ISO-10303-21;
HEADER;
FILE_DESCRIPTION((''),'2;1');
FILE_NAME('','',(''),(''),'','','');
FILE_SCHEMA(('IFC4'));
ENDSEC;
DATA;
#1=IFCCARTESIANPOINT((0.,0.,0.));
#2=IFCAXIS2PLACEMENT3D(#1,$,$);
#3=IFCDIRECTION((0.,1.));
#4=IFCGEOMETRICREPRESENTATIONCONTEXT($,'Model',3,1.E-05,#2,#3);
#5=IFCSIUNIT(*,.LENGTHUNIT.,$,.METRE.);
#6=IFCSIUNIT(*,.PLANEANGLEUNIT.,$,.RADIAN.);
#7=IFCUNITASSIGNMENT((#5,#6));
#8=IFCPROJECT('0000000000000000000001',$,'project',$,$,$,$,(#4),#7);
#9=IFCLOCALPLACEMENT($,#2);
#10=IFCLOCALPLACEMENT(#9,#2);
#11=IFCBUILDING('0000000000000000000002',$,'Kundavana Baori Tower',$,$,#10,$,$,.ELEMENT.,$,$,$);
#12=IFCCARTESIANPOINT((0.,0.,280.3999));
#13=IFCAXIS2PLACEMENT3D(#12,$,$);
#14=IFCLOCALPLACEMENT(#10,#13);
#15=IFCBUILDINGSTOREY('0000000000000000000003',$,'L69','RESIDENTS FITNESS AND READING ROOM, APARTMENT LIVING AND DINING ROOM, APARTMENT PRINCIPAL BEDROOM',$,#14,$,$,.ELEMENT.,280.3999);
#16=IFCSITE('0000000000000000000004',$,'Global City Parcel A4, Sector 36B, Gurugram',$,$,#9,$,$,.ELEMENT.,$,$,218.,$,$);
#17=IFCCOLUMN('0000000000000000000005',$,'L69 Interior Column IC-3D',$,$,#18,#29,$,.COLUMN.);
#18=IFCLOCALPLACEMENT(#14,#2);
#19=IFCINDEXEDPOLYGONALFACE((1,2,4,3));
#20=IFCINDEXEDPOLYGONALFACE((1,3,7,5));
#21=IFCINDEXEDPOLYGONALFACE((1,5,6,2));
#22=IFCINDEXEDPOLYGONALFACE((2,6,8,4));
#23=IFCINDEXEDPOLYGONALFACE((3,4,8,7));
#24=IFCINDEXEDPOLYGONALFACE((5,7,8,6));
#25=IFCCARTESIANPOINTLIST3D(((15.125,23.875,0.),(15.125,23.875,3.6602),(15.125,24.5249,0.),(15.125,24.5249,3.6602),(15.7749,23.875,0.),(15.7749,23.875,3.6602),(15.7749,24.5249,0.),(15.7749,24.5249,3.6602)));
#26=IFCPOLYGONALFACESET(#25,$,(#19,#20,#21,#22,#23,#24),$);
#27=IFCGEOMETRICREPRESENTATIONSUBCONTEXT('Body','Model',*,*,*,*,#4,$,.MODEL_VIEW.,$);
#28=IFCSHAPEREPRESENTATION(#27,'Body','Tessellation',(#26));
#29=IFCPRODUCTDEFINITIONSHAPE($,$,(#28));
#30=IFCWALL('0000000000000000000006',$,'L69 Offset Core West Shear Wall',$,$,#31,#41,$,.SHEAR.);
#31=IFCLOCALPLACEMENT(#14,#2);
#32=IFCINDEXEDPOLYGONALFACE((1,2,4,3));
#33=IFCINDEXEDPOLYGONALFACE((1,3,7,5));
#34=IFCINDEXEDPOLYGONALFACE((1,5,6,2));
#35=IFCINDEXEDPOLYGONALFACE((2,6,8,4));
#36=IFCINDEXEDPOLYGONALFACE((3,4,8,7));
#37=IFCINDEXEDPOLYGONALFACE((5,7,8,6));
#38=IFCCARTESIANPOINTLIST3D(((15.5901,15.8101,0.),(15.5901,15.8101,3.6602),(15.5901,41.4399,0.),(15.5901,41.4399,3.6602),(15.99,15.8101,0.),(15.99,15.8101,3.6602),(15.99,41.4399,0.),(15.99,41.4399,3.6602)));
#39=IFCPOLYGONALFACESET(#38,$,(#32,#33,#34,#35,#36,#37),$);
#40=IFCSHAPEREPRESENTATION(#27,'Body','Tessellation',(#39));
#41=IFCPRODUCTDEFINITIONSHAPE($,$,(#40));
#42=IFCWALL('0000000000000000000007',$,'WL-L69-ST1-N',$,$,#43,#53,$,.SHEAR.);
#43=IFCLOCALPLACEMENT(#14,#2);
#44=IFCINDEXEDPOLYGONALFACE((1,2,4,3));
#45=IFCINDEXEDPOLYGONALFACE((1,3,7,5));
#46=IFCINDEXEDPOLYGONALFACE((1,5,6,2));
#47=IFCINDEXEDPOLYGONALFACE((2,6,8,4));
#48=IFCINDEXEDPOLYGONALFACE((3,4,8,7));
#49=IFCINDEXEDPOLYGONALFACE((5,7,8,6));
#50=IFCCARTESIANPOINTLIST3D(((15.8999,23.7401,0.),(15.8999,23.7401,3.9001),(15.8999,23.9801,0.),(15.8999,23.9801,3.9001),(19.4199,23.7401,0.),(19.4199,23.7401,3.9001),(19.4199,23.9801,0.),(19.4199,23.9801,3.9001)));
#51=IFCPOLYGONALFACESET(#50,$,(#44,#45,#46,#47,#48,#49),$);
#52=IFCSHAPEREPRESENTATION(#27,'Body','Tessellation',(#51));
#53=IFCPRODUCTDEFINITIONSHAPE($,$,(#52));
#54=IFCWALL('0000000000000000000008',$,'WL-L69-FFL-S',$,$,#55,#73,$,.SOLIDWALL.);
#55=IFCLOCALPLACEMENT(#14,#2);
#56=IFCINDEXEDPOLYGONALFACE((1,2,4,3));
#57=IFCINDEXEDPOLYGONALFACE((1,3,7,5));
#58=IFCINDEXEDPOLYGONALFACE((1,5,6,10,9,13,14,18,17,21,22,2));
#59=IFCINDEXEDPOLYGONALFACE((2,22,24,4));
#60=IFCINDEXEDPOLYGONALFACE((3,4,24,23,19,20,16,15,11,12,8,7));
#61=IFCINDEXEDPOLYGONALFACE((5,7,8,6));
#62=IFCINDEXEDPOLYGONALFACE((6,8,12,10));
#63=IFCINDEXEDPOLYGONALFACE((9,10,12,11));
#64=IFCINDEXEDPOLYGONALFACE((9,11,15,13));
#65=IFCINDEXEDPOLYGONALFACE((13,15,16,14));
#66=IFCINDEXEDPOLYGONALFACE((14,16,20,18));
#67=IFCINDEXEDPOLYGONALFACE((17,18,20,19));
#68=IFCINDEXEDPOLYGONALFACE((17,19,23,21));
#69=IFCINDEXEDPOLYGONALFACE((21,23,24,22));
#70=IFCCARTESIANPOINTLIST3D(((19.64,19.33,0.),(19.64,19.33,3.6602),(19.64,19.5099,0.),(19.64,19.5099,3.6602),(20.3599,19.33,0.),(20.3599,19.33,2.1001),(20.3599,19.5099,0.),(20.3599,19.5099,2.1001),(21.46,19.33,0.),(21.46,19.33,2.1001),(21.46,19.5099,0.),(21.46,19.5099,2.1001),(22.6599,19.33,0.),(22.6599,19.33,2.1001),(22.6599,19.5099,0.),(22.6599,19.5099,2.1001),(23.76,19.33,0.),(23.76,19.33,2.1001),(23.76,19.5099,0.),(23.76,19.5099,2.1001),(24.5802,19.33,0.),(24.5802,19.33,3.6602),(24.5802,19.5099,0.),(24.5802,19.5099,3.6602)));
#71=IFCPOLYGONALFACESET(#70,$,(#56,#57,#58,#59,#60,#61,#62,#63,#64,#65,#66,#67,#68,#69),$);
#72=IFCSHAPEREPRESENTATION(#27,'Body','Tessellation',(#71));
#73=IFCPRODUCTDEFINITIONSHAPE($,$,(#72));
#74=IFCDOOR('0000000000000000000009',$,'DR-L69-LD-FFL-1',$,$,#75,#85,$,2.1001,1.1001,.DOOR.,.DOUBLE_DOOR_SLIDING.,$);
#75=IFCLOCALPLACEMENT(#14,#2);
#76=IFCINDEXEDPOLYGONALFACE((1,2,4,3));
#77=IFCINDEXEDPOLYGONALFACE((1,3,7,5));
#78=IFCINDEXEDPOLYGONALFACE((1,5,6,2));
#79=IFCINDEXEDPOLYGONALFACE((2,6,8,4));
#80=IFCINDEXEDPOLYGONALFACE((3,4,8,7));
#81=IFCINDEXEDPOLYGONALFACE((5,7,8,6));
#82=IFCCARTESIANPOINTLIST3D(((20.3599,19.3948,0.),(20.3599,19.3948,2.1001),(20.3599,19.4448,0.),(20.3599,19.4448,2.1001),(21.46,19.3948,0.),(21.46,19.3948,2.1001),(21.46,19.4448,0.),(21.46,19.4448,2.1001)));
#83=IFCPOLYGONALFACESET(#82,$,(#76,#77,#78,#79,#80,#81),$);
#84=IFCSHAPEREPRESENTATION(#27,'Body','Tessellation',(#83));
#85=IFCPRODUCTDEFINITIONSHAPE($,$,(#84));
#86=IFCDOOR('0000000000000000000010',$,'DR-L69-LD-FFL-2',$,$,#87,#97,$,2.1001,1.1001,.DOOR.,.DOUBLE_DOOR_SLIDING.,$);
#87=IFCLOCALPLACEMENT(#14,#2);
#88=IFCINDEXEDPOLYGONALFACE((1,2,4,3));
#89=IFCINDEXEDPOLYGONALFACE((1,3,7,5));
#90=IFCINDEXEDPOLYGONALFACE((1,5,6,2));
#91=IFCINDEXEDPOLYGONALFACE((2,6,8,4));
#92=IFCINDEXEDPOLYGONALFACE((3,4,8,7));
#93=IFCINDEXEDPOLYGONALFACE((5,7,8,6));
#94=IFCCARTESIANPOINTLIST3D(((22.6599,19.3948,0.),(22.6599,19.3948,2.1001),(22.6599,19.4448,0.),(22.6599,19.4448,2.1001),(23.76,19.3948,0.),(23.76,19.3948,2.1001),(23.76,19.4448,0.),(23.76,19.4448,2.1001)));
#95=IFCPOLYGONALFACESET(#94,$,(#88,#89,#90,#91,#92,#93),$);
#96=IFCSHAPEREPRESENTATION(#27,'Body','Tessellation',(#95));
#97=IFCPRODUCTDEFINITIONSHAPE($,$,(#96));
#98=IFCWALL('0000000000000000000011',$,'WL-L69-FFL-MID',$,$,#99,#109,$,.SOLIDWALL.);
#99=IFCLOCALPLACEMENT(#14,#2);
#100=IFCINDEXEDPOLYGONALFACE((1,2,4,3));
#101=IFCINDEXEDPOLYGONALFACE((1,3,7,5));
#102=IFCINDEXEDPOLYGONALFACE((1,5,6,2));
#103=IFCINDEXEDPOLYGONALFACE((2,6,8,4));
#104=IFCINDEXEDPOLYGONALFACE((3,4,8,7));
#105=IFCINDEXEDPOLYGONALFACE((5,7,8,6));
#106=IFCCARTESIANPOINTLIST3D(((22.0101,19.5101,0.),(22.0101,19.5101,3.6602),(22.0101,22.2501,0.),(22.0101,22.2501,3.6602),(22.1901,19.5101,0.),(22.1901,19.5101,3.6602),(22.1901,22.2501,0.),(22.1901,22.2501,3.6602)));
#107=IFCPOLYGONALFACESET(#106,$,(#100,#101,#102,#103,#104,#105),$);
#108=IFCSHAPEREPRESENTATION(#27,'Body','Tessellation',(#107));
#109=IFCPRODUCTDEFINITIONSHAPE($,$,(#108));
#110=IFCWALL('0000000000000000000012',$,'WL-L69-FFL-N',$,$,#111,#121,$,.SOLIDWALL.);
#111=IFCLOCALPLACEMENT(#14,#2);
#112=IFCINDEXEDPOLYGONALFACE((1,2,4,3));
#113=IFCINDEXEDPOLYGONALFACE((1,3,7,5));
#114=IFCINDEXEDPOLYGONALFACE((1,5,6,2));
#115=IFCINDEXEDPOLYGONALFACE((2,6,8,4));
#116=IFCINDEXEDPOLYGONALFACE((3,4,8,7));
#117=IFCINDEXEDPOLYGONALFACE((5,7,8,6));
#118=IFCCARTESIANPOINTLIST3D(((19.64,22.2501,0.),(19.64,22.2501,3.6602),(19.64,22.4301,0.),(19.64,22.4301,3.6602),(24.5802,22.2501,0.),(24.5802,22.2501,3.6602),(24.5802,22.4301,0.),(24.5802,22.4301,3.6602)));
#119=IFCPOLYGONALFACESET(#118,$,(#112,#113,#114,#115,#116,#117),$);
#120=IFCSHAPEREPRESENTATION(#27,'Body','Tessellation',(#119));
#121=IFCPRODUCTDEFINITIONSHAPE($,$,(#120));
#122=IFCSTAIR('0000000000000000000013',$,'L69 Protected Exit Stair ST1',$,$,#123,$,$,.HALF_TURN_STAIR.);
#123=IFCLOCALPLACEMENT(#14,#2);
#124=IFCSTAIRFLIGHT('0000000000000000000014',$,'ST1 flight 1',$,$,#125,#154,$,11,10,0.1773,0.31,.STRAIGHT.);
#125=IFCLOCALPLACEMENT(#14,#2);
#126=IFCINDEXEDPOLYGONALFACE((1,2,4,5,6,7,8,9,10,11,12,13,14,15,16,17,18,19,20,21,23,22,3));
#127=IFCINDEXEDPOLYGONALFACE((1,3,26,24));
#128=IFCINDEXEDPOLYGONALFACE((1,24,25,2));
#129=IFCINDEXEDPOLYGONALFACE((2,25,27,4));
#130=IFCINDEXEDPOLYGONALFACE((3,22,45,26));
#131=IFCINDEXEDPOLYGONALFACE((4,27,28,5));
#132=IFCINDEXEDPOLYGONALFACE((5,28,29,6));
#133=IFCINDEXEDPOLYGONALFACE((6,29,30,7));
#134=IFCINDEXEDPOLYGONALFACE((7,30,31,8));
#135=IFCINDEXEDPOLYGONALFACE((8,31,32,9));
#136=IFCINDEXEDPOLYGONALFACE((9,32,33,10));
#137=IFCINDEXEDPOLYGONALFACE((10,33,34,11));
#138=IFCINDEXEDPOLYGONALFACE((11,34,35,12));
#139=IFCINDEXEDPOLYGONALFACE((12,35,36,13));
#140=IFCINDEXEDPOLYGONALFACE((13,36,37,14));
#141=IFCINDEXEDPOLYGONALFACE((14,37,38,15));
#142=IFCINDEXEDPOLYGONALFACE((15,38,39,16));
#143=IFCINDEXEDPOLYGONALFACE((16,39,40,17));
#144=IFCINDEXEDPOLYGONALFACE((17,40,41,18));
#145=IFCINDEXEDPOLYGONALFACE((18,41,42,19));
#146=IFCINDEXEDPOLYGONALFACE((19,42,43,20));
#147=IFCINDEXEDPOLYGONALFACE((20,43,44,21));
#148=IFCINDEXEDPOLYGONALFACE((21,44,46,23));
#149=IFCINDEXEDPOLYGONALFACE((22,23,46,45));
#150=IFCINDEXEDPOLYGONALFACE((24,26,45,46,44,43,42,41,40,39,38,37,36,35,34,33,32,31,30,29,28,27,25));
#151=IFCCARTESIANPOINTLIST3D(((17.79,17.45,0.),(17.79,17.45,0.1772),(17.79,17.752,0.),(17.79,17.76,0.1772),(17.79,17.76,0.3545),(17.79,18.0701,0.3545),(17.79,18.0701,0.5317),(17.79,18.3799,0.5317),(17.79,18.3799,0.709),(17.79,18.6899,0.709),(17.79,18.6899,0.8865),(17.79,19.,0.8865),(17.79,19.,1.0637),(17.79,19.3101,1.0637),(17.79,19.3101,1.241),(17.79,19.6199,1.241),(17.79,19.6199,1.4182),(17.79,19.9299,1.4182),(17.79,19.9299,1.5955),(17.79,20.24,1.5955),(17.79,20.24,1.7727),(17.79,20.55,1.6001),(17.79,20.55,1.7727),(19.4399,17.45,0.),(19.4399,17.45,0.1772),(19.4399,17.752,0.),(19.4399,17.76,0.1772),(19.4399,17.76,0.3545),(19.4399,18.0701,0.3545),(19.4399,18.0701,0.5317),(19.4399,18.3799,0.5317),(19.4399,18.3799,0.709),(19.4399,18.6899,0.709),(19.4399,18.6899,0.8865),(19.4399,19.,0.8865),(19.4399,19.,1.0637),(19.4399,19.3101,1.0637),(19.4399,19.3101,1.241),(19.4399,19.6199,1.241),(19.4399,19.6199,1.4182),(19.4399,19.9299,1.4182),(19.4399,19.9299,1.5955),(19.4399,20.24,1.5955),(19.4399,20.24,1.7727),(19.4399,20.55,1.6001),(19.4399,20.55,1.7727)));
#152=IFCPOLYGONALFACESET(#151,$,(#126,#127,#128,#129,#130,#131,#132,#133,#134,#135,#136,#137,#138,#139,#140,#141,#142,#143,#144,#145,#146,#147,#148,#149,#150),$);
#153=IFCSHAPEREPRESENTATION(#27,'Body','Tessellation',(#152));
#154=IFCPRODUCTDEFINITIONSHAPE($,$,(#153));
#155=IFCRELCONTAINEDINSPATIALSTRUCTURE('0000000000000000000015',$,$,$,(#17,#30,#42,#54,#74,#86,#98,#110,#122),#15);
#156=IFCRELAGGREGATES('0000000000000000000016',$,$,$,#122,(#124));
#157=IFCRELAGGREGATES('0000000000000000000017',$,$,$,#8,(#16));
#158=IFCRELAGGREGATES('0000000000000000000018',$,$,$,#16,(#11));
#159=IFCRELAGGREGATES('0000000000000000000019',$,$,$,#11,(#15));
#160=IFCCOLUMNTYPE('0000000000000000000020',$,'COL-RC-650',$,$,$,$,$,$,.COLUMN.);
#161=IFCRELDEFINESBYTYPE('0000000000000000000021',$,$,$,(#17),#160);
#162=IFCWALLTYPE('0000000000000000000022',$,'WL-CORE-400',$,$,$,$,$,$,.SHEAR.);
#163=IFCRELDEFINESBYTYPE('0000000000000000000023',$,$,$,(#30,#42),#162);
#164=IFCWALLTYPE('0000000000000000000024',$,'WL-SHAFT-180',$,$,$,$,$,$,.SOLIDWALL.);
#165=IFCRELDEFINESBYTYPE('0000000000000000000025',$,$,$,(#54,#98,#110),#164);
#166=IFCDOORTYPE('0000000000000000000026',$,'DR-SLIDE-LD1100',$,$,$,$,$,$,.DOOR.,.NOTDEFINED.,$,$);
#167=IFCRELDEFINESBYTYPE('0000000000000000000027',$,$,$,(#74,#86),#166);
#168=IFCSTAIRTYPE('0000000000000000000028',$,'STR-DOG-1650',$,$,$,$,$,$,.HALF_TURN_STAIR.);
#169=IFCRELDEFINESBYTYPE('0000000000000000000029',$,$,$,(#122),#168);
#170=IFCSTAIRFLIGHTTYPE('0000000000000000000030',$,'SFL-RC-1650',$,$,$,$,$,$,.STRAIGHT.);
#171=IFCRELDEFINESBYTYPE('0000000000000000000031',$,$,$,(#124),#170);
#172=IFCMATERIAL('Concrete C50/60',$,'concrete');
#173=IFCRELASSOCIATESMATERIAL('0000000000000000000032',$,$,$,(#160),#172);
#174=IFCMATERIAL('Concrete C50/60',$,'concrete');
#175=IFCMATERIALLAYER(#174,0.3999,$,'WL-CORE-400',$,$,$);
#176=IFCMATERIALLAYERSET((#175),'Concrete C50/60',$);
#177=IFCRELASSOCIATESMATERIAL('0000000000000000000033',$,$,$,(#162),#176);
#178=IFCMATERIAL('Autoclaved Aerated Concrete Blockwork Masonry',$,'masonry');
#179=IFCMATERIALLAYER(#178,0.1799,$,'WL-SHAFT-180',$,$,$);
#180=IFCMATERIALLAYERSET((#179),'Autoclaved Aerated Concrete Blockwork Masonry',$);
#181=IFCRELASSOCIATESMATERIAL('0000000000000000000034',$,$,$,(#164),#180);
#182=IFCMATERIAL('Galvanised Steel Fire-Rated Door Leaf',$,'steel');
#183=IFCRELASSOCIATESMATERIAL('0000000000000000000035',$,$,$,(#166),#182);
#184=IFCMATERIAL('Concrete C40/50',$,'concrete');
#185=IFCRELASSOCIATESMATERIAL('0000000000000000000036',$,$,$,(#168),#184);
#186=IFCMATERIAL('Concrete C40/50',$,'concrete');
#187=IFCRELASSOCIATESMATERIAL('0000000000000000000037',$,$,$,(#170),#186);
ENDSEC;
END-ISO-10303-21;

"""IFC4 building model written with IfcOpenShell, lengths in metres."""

from ifc_helpers import new_model, si_unit, direction, frame, frame_2d, origin, origin_2d, place, context, subcontext, project, spatial, polyline, rectangle, outline, extrude, material, layer, layer_set, material_profile, profile_set, type_object, element, fill, aggregate, save


model = new_model("IFC4")

# Units and contexts
model_context = context("Model", 3, precision=1e-05, world=origin(), true_north=direction((0.0, 1.0)))
body_context = subcontext(model_context, "Body", "Model", "MODEL_VIEW")
ifc_project = project(units=[si_unit("LENGTHUNIT", "METRE"), si_unit("PLANEANGLEUNIT", "RADIAN")], contexts=[model_context])

# Site, building, storey
site_placement = place(None, origin())
site = spatial("IfcSite", under=ifc_project, at=site_placement, Name="Global City Parcel A4, Sector 36B, Gurugram", CompositionType="ELEMENT", RefElevation=218.0)
building_placement = place(site_placement, origin())
building = spatial("IfcBuilding", under=site, at=building_placement, Name="Kundavana Baori Tower", CompositionType="ELEMENT")
storey_placement = place(building_placement, frame((0.0, 0.0, 280.3999)))
storey = spatial("IfcBuildingStorey", under=building, at=storey_placement, Name="L69", Description="RESIDENTS FITNESS AND READING ROOM, APARTMENT LIVING AND DINING ROOM, APARTMENT PRINCIPAL BEDROOM", CompositionType="ELEMENT", Elevation=280.3999)

# Column
ifc_material_1 = material(Name="Concrete C50/60", Category="concrete")
ifc_material_profile = material_profile(ifc_material_1, rectangle(XDim=0.6499, YDim=0.6499, at=origin_2d()), Name="RC 650x650")
ifc_profile_set = profile_set([ifc_material_profile], Name="Concrete C50/60")
column_type = type_object("IfcColumnType", Name="COL-RC-650", PredefinedType="COLUMN", material=ifc_profile_set)
column_placement = place(storey_placement, frame((15.45, 24.2, 0.0), z_axis=(0.0, 0.0, 1.0), x_axis=(1.0, 0.0, 0.0)))
element("IfcColumn", 1, at=column_placement, inside=storey, type_object=column_type, Name="L69 Interior Column IC-3D", PredefinedType="COLUMN", context=body_context, shape_type="SweptSolid", body=[
    extrude(rectangle(XDim=0.6499, YDim=0.6499, at=origin_2d()), origin(), (0.0, 0.0, 1.0), 3.6602),
])

# Walls
ifc_material_2 = material(Name="Concrete C50/60", Category="concrete")
ifc_layer_1 = layer(ifc_material_2, 0.3999, Name="WL-CORE-400")
ifc_layer_set_1 = layer_set([ifc_layer_1], Name="Concrete C50/60")
wall_type_1 = type_object("IfcWallType", Name="WL-CORE-400", PredefinedType="SHEAR", material=ifc_layer_set_1)
wall_1_placement = place(storey_placement, frame((15.79, 15.8101, 0.0), z_axis=(0.0, 0.0, 1.0), x_axis=(0.0, 1.0, 0.0)))
element("IfcWall", 2, at=wall_1_placement, inside=storey, type_object=wall_type_1, Name="L69 Offset Core West Shear Wall", PredefinedType="SHEAR", context=body_context, shape_type="SweptSolid", body=[
    extrude(rectangle(XDim=25.6299, YDim=0.3999, at=frame_2d((12.8149, 0.0))), origin(), (0.0, 0.0, 1.0), 3.6602),
])
wall_2_placement = place(storey_placement, frame((15.8999, 23.8601, 0.0), z_axis=(0.0, 0.0, 1.0), x_axis=(1.0, 0.0, 0.0)))
element("IfcWall", 3, at=wall_2_placement, inside=storey, type_object=wall_type_1, Name="WL-L69-ST1-N", PredefinedType="SHEAR", context=body_context, shape_type="SweptSolid", body=[
    extrude(rectangle(XDim=3.52, YDim=0.24, at=frame_2d((1.76, 0.0))), origin(), (0.0, 0.0, 1.0), 3.9001),
])

# Wall, openings, doors
ifc_material_3 = material(Name="Autoclaved Aerated Concrete Blockwork Masonry", Category="masonry")
ifc_layer_2 = layer(ifc_material_3, 0.1799, Name="WL-SHAFT-180")
ifc_layer_set_2 = layer_set([ifc_layer_2], Name="Autoclaved Aerated Concrete Blockwork Masonry")
wall_type_2 = type_object("IfcWallType", Name="WL-SHAFT-180", PredefinedType="SOLIDWALL", material=ifc_layer_set_2)
wall_3_placement = place(storey_placement, frame((19.6399, 19.4199, 0.0), z_axis=(0.0, 0.0, 1.0), x_axis=(1.0, 0.0, 0.0)))
wall_3 = element("IfcWall", 4, at=wall_3_placement, inside=storey, type_object=wall_type_2, Name="WL-L69-FFL-S", PredefinedType="SOLIDWALL", context=body_context, shape_type="SweptSolid", body=[
    extrude(rectangle(XDim=4.9402, YDim=0.1799, at=frame_2d((2.4702, 0.0))), origin(), (0.0, 0.0, 1.0), 3.6602),
])
opening_1_placement = place(wall_3_placement, frame((0.72, 0.0, 0.0)))
opening_1 = element("IfcOpeningElement", 5, at=opening_1_placement, cuts=wall_3, PredefinedType="OPENING", context=body_context, shape_type="SweptSolid", body=[
    extrude(rectangle(XDim=1.1001, YDim=2.1001, at=frame_2d((0.55, 1.05))), frame((0.0, 0.1001, 0.0), z_axis=(0.0, -1.0, 0.0), x_axis=(1.0, 0.0, 0.0)), (0.0, 0.0, 1.0), 0.2),
])
opening_2_placement = place(wall_3_placement, frame((3.02, 0.0, 0.0)))
opening_2 = element("IfcOpeningElement", 6, at=opening_2_placement, cuts=wall_3, PredefinedType="OPENING", context=body_context, shape_type="SweptSolid", body=[
    extrude(rectangle(XDim=1.1001, YDim=2.1001, at=frame_2d((0.55, 1.05))), frame((0.0, 0.1001, 0.0), z_axis=(0.0, -1.0, 0.0), x_axis=(1.0, 0.0, 0.0)), (0.0, 0.0, 1.0), 0.2),
])
ifc_material_4 = material(Name="Galvanised Steel Fire-Rated Door Leaf", Category="steel")
door_type = type_object("IfcDoorType", Name="DR-SLIDE-LD1100", OperationType="NOTDEFINED", PredefinedType="DOOR", material=ifc_material_4)
door_1_placement = place(opening_1_placement, origin())
door_1 = element("IfcDoor", 7, at=door_1_placement, inside=storey, type_object=door_type, Name="DR-L69-LD-FFL-1", OperationType="DOUBLE_DOOR_SLIDING", OverallHeight=2.1001, OverallWidth=1.1001, PredefinedType="DOOR", context=body_context, shape_type="SweptSolid", body=[
    extrude(rectangle(XDim=1.1001, YDim=2.1001, at=frame_2d((0.55, 1.05))), frame((0.0, 0.0249, 0.0), z_axis=(0.0, -1.0, 0.0), x_axis=(1.0, 0.0, 0.0)), (0.0, 0.0, 1.0), 0.05),
])
fill(opening_1, door_1)
door_2_placement = place(opening_2_placement, origin())
door_2 = element("IfcDoor", 8, at=door_2_placement, inside=storey, type_object=door_type, Name="DR-L69-LD-FFL-2", OperationType="DOUBLE_DOOR_SLIDING", OverallHeight=2.1001, OverallWidth=1.1001, PredefinedType="DOOR", context=body_context, shape_type="SweptSolid", body=[
    extrude(rectangle(XDim=1.1001, YDim=2.1001, at=frame_2d((0.55, 1.05))), frame((0.0, 0.0249, 0.0), z_axis=(0.0, -1.0, 0.0), x_axis=(1.0, 0.0, 0.0)), (0.0, 0.0, 1.0), 0.05),
])
fill(opening_2, door_2)

# Walls
wall_4_placement = place(storey_placement, frame((22.1001, 19.51, 0.0), z_axis=(0.0, 0.0, 1.0), x_axis=(0.0, 1.0, 0.0)))
element("IfcWall", 9, at=wall_4_placement, inside=storey, type_object=wall_type_2, Name="WL-L69-FFL-MID", PredefinedType="SOLIDWALL", context=body_context, shape_type="SweptSolid", body=[
    extrude(rectangle(XDim=2.74, YDim=0.1799, at=frame_2d((1.3701, 0.0))), origin(), (0.0, 0.0, 1.0), 3.6602),
])
wall_5_placement = place(storey_placement, frame((19.6399, 22.3401, 0.0), z_axis=(0.0, 0.0, 1.0), x_axis=(1.0, 0.0, 0.0)))
element("IfcWall", 10, at=wall_5_placement, inside=storey, type_object=wall_type_2, Name="WL-L69-FFL-N", PredefinedType="SOLIDWALL", context=body_context, shape_type="SweptSolid", body=[
    extrude(rectangle(XDim=4.9402, YDim=0.1799, at=frame_2d((2.4702, 0.0))), origin(), (0.0, 0.0, 1.0), 3.6602),
])

# Stair, stair flight
ifc_material_5 = material(Name="Concrete C40/50", Category="concrete")
stair_type = type_object("IfcStairType", Name="STR-DOG-1650", PredefinedType="HALF_TURN_STAIR", material=ifc_material_5)
stair_placement = place(storey_placement, origin())
stair = element("IfcStair", 11, at=stair_placement, inside=storey, type_object=stair_type, Name="L69 Protected Exit Stair ST1", PredefinedType="HALF_TURN_STAIR")
ifc_material_6 = material(Name="Concrete C40/50", Category="concrete")
stair_flight_type = type_object("IfcStairFlightType", Name="SFL-RC-1650", PredefinedType="STRAIGHT", material=ifc_material_6)
stair_flight_1_placement = place(storey_placement, frame((18.615, 17.45, 0.0), z_axis=(0.0, 0.0, 1.0), x_axis=(0.0, 1.0, 0.0)))
stair_flight_1 = element("IfcStairFlight", 12, at=stair_flight_1_placement, type_object=stair_flight_type, Name="ST1 flight 1", NumberOfRisers=11, NumberOfTreads=10, PredefinedType="STRAIGHT", RiserHeight=0.1773, TreadLength=0.31, context=body_context, shape_type="SweptSolid", body=[
    extrude(outline(polyline([(0.0, 0.0), (0.0, 0.1772), (0.3101, 0.1772), (0.3101, 0.3545), (0.6201, 0.3545), (0.6201, 0.5317), (0.9299, 0.5317), (0.9299, 0.709), (1.24, 0.709), (1.24, 0.8865), (1.55, 0.8865), (1.55, 1.0637), (1.8601, 1.0637), (1.8601, 1.241), (2.1699, 1.241), (2.1699, 1.4182), (2.48, 1.4182), (2.48, 1.5955), (2.79, 1.5955), (2.79, 1.7727), (3.1001, 1.7727), (3.1001, 1.95), (3.1001, 1.6001), (0.302, 0.0), (0.0, 0.0)])), frame((0.0, 0.825, 0.0), z_axis=(0.0, -1.0, 0.0), x_axis=(1.0, 0.0, 0.0)), (0.0, 0.0, 1.0), 1.6499),
])
aggregate(stair, [stair_flight_1])

save(model, "model.ifc")
